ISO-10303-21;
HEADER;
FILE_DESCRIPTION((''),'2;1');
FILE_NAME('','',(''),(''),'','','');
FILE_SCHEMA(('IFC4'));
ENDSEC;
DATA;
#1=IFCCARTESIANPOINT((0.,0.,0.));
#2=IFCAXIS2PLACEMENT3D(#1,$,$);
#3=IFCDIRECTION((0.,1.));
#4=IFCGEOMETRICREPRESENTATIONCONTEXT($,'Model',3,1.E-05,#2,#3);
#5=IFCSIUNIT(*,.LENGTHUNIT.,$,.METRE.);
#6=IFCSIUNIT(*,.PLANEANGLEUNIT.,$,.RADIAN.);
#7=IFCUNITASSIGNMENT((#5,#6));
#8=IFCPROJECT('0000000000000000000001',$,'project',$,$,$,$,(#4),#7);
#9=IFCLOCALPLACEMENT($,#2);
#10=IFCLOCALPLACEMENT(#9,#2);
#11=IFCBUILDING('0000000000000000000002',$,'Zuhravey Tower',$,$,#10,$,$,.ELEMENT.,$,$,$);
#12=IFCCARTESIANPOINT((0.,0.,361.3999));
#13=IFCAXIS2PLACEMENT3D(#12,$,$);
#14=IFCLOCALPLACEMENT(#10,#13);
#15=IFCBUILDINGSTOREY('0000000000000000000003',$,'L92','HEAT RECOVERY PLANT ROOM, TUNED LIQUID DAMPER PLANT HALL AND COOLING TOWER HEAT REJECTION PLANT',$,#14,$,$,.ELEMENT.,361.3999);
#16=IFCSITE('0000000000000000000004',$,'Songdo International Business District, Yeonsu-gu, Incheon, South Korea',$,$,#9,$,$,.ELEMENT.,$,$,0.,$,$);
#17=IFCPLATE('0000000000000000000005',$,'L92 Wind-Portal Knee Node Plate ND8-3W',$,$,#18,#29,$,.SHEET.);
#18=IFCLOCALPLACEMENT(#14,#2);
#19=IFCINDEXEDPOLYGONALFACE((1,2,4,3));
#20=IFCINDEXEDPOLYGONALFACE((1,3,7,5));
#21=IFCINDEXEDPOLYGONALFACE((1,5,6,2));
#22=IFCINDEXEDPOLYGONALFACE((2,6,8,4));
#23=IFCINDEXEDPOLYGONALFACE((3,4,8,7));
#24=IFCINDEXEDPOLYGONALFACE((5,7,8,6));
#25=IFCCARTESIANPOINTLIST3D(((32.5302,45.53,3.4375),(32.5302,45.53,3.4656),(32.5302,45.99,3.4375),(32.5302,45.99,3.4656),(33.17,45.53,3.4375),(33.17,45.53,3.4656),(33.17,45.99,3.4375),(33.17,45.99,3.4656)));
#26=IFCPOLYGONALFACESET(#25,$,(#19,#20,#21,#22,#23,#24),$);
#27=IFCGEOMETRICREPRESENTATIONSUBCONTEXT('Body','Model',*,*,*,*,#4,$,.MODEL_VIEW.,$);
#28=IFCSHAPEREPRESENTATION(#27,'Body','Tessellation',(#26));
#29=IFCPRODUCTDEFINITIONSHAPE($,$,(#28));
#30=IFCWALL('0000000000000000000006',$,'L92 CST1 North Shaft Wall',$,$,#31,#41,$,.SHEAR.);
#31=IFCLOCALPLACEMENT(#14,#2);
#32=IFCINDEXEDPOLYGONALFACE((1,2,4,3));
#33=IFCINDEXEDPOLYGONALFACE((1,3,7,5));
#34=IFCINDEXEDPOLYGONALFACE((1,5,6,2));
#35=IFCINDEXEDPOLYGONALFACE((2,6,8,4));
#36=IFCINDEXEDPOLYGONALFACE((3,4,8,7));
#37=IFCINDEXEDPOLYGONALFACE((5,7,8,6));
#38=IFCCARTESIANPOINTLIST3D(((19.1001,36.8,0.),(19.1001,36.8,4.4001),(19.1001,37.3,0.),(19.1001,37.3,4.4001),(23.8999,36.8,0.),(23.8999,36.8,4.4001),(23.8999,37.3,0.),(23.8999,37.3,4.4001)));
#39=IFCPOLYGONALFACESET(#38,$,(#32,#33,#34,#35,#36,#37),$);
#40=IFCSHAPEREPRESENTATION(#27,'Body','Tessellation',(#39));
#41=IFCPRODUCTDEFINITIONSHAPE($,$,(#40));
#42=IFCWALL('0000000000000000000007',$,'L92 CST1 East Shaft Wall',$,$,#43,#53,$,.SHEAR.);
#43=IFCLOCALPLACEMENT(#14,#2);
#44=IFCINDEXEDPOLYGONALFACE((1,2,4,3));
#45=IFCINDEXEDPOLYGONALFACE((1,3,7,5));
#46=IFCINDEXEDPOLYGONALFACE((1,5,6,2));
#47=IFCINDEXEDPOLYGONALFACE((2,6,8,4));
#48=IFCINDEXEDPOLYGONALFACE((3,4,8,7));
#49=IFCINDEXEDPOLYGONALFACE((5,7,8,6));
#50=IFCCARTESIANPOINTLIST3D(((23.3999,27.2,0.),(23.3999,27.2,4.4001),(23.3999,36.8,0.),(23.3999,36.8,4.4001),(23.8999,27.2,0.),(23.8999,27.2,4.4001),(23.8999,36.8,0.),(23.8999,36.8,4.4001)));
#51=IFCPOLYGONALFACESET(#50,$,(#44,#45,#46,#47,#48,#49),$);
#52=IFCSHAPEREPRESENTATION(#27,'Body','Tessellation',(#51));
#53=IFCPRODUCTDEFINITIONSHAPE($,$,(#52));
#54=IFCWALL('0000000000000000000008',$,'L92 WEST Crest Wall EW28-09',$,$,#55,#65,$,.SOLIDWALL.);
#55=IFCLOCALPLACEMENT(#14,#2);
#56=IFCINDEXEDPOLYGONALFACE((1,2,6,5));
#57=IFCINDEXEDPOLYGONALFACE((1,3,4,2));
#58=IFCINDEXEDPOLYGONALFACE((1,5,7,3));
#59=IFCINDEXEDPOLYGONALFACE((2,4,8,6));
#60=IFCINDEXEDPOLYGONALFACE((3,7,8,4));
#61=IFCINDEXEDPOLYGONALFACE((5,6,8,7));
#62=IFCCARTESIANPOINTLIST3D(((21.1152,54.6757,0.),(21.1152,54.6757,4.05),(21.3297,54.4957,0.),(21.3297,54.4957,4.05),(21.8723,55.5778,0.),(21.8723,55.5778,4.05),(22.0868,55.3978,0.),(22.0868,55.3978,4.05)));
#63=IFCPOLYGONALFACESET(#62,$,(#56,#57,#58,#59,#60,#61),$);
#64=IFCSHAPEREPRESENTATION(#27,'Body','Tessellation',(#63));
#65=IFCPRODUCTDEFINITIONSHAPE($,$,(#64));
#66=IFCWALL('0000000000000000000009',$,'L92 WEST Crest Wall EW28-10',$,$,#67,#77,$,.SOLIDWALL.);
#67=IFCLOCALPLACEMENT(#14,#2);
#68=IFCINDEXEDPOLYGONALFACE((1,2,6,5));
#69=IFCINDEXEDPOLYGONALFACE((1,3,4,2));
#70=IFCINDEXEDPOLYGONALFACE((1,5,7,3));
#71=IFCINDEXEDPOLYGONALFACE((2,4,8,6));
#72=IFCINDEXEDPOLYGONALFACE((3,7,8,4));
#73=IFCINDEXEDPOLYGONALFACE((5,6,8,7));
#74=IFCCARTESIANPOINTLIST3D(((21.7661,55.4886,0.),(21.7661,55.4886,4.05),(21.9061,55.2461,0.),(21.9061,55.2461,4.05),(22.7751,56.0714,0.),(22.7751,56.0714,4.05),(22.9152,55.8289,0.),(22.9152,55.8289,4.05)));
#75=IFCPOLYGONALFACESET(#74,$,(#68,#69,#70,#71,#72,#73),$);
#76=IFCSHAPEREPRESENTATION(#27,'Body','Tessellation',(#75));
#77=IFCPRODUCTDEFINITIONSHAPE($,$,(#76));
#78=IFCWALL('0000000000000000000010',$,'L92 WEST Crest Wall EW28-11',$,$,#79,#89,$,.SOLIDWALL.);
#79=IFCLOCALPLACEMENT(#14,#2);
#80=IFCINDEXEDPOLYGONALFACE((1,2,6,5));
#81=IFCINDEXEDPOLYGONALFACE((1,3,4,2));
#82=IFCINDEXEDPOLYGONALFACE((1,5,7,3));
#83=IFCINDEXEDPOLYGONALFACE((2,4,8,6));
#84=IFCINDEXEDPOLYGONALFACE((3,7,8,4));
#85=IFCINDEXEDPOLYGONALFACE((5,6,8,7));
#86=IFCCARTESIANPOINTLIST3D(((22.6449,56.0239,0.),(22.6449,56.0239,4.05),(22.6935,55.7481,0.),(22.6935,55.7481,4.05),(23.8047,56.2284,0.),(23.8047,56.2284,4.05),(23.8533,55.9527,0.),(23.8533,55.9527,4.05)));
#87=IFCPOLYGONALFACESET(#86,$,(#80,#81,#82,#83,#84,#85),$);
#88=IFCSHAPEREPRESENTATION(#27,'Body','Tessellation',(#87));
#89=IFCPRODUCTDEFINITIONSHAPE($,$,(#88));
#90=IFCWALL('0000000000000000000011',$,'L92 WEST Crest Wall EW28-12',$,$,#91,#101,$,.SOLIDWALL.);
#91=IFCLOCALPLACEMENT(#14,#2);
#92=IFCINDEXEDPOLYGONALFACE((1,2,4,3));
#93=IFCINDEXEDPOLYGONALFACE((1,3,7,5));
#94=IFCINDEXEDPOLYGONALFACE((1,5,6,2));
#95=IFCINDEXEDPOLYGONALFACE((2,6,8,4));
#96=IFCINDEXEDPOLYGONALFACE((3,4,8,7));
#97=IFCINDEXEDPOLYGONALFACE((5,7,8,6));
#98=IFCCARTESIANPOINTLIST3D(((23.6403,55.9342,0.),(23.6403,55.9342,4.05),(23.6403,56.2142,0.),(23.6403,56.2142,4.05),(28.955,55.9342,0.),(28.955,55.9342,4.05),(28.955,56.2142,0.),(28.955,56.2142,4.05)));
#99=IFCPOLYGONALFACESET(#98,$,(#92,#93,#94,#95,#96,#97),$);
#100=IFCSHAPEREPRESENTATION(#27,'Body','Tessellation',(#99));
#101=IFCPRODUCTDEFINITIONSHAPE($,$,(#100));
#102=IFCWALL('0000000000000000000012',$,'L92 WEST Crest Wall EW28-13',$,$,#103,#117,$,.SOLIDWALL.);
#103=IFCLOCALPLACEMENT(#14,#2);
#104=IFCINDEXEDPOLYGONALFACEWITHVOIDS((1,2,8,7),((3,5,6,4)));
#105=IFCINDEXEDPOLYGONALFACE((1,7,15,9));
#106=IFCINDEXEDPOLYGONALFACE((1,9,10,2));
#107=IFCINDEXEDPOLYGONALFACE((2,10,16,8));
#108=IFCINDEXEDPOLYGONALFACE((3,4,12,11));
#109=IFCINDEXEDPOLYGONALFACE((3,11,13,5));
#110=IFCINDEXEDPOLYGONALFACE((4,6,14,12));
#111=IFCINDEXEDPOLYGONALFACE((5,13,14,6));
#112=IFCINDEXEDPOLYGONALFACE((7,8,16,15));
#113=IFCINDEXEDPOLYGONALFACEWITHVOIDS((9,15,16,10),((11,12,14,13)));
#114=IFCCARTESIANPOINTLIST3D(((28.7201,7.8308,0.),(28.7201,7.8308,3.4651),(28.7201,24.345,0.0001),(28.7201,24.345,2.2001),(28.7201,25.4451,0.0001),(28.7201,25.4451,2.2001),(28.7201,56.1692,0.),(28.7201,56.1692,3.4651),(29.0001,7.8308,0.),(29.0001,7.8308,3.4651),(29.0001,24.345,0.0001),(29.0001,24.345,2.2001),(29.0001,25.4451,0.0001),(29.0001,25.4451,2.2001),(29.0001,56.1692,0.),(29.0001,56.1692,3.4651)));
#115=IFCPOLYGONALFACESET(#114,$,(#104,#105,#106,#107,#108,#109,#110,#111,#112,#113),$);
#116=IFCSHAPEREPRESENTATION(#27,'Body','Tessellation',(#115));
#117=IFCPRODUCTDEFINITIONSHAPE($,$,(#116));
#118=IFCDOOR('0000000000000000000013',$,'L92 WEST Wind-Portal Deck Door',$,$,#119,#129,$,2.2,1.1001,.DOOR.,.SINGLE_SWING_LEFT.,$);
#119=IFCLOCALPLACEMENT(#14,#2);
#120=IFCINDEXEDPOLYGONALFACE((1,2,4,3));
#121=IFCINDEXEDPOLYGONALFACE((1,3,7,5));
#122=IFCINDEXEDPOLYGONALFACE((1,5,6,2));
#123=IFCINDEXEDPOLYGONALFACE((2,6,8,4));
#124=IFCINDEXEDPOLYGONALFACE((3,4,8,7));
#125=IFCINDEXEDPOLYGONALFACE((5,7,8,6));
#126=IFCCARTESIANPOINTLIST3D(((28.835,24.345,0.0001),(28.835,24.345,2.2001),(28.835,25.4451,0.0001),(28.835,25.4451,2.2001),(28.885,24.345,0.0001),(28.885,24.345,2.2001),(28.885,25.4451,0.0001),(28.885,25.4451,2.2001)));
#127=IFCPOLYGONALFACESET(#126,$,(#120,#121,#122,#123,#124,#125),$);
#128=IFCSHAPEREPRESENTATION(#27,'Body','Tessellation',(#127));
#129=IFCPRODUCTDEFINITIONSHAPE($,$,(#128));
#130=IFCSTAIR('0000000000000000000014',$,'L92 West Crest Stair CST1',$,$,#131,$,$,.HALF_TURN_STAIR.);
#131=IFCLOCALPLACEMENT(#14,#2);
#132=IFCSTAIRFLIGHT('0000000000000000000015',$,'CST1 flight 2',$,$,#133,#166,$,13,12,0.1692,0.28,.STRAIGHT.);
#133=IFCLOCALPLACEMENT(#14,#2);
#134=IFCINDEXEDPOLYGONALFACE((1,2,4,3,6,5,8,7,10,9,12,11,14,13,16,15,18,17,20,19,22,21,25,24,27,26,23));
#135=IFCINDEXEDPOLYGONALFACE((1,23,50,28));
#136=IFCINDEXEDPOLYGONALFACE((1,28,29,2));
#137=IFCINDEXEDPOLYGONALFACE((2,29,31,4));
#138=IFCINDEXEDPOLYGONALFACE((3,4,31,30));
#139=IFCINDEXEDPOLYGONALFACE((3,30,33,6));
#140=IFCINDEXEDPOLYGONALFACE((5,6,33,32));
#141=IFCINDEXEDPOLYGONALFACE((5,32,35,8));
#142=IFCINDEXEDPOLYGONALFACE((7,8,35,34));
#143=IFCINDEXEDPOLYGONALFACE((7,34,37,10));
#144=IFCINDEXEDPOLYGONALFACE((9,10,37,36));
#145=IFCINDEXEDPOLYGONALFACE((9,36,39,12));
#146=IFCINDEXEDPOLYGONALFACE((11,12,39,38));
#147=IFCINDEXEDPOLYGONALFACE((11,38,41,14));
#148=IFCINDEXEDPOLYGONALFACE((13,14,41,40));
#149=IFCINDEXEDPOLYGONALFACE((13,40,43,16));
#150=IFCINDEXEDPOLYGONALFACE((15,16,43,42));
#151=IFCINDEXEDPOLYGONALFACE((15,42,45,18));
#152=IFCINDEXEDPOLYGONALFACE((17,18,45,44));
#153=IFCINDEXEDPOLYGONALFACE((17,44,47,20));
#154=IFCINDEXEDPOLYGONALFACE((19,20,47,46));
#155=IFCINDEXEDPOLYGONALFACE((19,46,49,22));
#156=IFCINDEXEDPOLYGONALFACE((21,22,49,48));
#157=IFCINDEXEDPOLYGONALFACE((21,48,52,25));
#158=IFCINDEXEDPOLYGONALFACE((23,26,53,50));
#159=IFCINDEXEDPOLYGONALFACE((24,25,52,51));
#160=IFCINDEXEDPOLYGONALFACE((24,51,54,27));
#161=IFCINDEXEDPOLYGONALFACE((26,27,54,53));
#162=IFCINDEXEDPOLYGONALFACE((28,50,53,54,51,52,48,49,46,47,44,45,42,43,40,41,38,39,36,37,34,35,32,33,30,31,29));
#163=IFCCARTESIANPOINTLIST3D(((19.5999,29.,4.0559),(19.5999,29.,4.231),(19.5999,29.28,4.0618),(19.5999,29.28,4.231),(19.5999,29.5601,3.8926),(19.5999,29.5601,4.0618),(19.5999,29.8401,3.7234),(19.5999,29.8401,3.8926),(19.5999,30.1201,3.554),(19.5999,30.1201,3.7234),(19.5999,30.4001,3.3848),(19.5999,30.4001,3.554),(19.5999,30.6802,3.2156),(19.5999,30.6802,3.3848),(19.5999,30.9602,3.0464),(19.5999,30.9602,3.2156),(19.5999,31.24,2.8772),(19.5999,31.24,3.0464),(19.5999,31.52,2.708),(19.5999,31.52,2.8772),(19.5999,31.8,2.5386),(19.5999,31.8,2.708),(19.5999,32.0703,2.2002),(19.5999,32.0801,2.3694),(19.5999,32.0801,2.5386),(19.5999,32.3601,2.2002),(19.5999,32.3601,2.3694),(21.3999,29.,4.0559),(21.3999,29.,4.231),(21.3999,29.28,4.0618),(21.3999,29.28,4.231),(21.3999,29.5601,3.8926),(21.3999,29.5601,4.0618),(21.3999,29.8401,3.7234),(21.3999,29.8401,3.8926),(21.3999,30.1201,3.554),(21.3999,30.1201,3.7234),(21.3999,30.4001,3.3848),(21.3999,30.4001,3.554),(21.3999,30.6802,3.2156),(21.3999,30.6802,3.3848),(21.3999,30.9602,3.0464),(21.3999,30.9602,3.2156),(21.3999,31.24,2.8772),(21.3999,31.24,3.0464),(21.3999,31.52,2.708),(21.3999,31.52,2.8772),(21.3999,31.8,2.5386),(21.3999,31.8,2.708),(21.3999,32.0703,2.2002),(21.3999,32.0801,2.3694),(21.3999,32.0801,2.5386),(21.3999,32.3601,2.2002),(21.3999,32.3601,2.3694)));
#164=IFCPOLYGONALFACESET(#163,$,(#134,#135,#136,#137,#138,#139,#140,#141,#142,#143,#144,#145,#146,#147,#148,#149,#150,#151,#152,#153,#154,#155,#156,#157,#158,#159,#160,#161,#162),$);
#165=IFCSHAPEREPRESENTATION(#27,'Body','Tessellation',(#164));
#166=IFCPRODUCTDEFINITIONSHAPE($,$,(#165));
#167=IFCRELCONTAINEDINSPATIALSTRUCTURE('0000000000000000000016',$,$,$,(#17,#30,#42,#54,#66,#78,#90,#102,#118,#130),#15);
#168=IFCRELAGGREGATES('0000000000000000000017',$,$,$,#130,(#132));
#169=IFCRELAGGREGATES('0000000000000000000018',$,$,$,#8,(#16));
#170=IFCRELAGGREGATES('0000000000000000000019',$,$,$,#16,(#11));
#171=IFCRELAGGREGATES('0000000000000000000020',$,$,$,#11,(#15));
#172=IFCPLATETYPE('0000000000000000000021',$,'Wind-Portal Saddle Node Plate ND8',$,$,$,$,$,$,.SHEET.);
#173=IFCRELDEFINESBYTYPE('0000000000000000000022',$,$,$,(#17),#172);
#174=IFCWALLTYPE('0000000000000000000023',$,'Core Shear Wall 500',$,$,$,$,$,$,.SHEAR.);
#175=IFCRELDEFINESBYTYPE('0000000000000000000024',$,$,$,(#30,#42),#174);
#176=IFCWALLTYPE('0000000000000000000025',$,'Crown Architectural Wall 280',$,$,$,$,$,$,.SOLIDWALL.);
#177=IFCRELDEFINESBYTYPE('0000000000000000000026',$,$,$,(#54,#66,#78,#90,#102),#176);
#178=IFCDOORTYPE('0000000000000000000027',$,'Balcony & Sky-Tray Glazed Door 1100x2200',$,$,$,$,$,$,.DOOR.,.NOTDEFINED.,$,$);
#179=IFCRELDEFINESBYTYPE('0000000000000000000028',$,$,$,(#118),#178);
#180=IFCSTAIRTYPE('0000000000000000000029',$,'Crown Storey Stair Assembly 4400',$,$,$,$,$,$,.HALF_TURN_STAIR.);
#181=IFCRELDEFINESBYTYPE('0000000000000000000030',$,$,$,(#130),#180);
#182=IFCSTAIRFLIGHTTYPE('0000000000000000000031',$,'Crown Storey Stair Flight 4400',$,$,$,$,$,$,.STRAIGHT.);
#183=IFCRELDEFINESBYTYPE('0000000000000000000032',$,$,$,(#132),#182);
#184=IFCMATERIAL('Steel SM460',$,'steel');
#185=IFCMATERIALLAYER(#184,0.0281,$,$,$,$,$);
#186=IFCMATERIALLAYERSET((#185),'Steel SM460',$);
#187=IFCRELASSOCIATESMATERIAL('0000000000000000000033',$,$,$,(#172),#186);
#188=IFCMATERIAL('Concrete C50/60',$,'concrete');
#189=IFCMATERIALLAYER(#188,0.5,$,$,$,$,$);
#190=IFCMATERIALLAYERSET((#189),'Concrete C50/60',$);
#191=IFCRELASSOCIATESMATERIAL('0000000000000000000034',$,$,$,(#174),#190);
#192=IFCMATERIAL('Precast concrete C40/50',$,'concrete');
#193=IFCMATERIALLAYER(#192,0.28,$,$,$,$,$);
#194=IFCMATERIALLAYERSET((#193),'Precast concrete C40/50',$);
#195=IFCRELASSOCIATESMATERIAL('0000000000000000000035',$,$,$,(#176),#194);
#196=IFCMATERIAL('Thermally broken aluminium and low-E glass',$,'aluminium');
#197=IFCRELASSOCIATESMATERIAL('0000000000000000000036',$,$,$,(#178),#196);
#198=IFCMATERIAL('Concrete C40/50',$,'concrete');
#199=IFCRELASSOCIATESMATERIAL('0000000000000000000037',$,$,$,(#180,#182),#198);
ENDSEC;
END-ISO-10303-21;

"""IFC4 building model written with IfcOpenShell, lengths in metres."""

from ifc_helpers import new_model, si_unit, direction, frame, frame_2d, origin, origin_2d, place, context, subcontext, project, spatial, polyline, rectangle, outline, extrude, material, layer, layer_set, type_object, element, fill, aggregate, save


model = new_model("IFC4")

# Units and contexts
model_context = context("Model", 3, precision=1e-05, world=origin(), true_north=direction((0.0, 1.0)))
body_context = subcontext(model_context, "Body", "Model", "MODEL_VIEW")
ifc_project = project(units=[si_unit("LENGTHUNIT", "METRE"), si_unit("PLANEANGLEUNIT", "RADIAN")], contexts=[model_context])

# Site, building, storey
site_placement = place(None, origin())
site = spatial("IfcSite", under=ifc_project, at=site_placement, Name="Songdo International Business District, Yeonsu-gu, Incheon, South Korea", CompositionType="ELEMENT", RefElevation=0.0)
building_placement = place(site_placement, origin())
building = spatial("IfcBuilding", under=site, at=building_placement, Name="Zuhravey Tower", CompositionType="ELEMENT")
storey_placement = place(building_placement, frame((0.0, 0.0, 361.3999)))
storey = spatial("IfcBuildingStorey", under=building, at=storey_placement, Name="L92", Description="HEAT RECOVERY PLANT ROOM, TUNED LIQUID DAMPER PLANT HALL AND COOLING TOWER HEAT REJECTION PLANT", CompositionType="ELEMENT", Elevation=361.3999)

# Shared definitions
ifc_material_1 = material(Name="Steel SM460", Category="steel")

# Plate
ifc_layer_1 = layer(ifc_material_1, 0.0281)
ifc_layer_set_1 = layer_set([ifc_layer_1], Name="Steel SM460")
plate_type_1 = type_object("IfcPlateType", Name="Wind-Portal Saddle Node Plate ND8", PredefinedType="SHEET", material=ifc_layer_set_1)
for number, where, z_axis, x_axis, name in (
    (1, (32.8501, 45.76, 3.4375), (0.0, 0.0, 1.0), (1.0, 0.0, 0.0), "L92 Wind-Portal Knee Node Plate ND8-3W"),
):
    element("IfcPlate", number, at=place(storey_placement, frame(where, z_axis=z_axis, x_axis=x_axis)), inside=storey, type_object=plate_type_1, Name=name, PredefinedType="SHEET", context=body_context, shape_type="SweptSolid", body=[
        extrude(rectangle(XDim=0.6399, YDim=0.46, at=origin_2d()), origin(), (0.0, 0.0, 1.0), 0.0281),
    ])

# Walls
ifc_material_2 = material(Name="Concrete C50/60", Category="concrete")
ifc_layer_2 = layer(ifc_material_2, 0.5)
ifc_layer_set_2 = layer_set([ifc_layer_2], Name="Concrete C50/60")
wall_type_1 = type_object("IfcWallType", Name="Core Shear Wall 500", PredefinedType="SHEAR", material=ifc_layer_set_2)
wall_1_placement = place(storey_placement, frame((23.8999, 37.05, 0.0), z_axis=(0.0, 0.0, 1.0), x_axis=(-1.0, 0.0, 0.0)))
element("IfcWall", 2, at=wall_1_placement, inside=storey, type_object=wall_type_1, Name="L92 CST1 North Shaft Wall", PredefinedType="SHEAR", context=body_context, shape_type="SweptSolid", body=[
    extrude(rectangle(XDim=4.7998, YDim=0.5, at=frame_2d((2.3999, 0.0))), origin(), (0.0, 0.0, 1.0), 4.4001),
])
wall_2_placement = place(storey_placement, frame((23.6499, 36.8, 0.0), z_axis=(0.0, 0.0, 1.0), x_axis=(0.0, -1.0, 0.0)))
element("IfcWall", 3, at=wall_2_placement, inside=storey, type_object=wall_type_1, Name="L92 CST1 East Shaft Wall", PredefinedType="SHEAR", context=body_context, shape_type="SweptSolid", body=[
    extrude(rectangle(XDim=9.6001, YDim=0.5, at=frame_2d((4.8, 0.0))), origin(), (0.0, 0.0, 1.0), 4.4001),
])
ifc_material_3 = material(Name="Precast concrete C40/50", Category="concrete")
ifc_layer_3 = layer(ifc_material_3, 0.28)
ifc_layer_set_3 = layer_set([ifc_layer_3], Name="Precast concrete C40/50")
wall_type_2 = type_object("IfcWallType", Name="Crown Architectural Wall 280", PredefinedType="SOLIDWALL", material=ifc_layer_set_3)
wall_3_placement = place(storey_placement, frame((21.2224, 54.5857, 0.0), z_axis=(0.0, 0.0, 1.0), x_axis=(0.642852, 0.765991, 0.0)))
element("IfcWall", 4, at=wall_3_placement, inside=storey, type_object=wall_type_2, Name="L92 WEST Crest Wall EW28-09", PredefinedType="SOLIDWALL", context=body_context, shape_type="SweptSolid", body=[
    extrude(rectangle(XDim=1.1777, YDim=0.28, at=frame_2d((0.5889, 0.0))), origin(), (0.0, 0.0, 1.0), 4.05),
])
wall_4_placement = place(storey_placement, frame((21.8362, 55.3674, 0.0), z_axis=(0.0, 0.0, 1.0), x_axis=(0.865952, 0.500127, 0.0)))
element("IfcWall", 5, at=wall_4_placement, inside=storey, type_object=wall_type_2, Name="L92 WEST Crest Wall EW28-10", PredefinedType="SOLIDWALL", context=body_context, shape_type="SweptSolid", body=[
    extrude(rectangle(XDim=1.1653, YDim=0.28, at=frame_2d((0.5825, 0.0))), origin(), (0.0, 0.0, 1.0), 4.05),
])
wall_5_placement = place(storey_placement, frame((22.6692, 55.886, 0.0), z_axis=(0.0, 0.0, 1.0), x_axis=(0.984798, 0.173703, 0.0)))
element("IfcWall", 6, at=wall_5_placement, inside=storey, type_object=wall_type_2, Name="L92 WEST Crest Wall EW28-11", PredefinedType="SOLIDWALL", context=body_context, shape_type="SweptSolid", body=[
    extrude(rectangle(XDim=1.1777, YDim=0.28, at=frame_2d((0.5889, 0.0))), origin(), (0.0, 0.0, 1.0), 4.05),
])
wall_6_placement = place(storey_placement, frame((23.6404, 56.0742, 0.0), z_axis=(0.0, 0.0, 1.0), x_axis=(1.0, 0.0, 0.0)))
element("IfcWall", 7, at=wall_6_placement, inside=storey, type_object=wall_type_2, Name="L92 WEST Crest Wall EW28-12", PredefinedType="SOLIDWALL", context=body_context, shape_type="SweptSolid", body=[
    extrude(rectangle(XDim=5.3147, YDim=0.28, at=frame_2d((2.6572, 0.0))), origin(), (0.0, 0.0, 1.0), 4.05),
])

# Wall, opening, door
wall_7_placement = place(storey_placement, frame((28.8601, 56.1692, 0.0), z_axis=(0.0, 0.0, 1.0), x_axis=(0.0, -1.0, 0.0)))
wall_7 = element("IfcWall", 8, at=wall_7_placement, inside=storey, type_object=wall_type_2, Name="L92 WEST Crest Wall EW28-13", PredefinedType="SOLIDWALL", context=body_context, shape_type="SweptSolid", body=[
    extrude(rectangle(XDim=48.3384, YDim=0.28, at=frame_2d((24.1692, 0.0))), origin(), (0.0, 0.0, 1.0), 3.4651),
])
opening_placement = place(wall_7_placement, frame((30.7241, 0.0, 0.0)))
opening = element("IfcOpeningElement", 9, at=opening_placement, cuts=wall_7, PredefinedType="OPENING", context=body_context, shape_type="SweptSolid", body=[
    extrude(rectangle(XDim=1.1001, YDim=2.2, at=frame_2d((0.55, 1.1001))), frame((0.0, 0.1521, 0.0), z_axis=(0.0, -1.0, 0.0), x_axis=(1.0, 0.0, 0.0)), (0.0, 0.0, 1.0), 0.304),
])
ifc_material_4 = material(Name="Thermally broken aluminium and low-E glass", Category="aluminium")
door_type = type_object("IfcDoorType", Name="Balcony & Sky-Tray Glazed Door 1100x2200", OperationType="NOTDEFINED", PredefinedType="DOOR", material=ifc_material_4)
door_placement = place(opening_placement, origin())
door = element("IfcDoor", 10, at=door_placement, inside=storey, type_object=door_type, Name="L92 WEST Wind-Portal Deck Door", OperationType="SINGLE_SWING_LEFT", OverallHeight=2.2, OverallWidth=1.1001, PredefinedType="DOOR", context=body_context, shape_type="SweptSolid", body=[
    extrude(rectangle(XDim=1.1001, YDim=2.2, at=frame_2d((0.55, 1.1001))), frame((0.0, 0.0249, 0.0), z_axis=(0.0, -1.0, 0.0), x_axis=(1.0, 0.0, 0.0)), (0.0, 0.0, 1.0), 0.05),
])
fill(opening, door)

# Stair, stair flight
ifc_material_5 = material(Name="Concrete C40/50", Category="concrete")
stair_type = type_object("IfcStairType", Name="Crown Storey Stair Assembly 4400", PredefinedType="HALF_TURN_STAIR", material=ifc_material_5)
stair_placement = place(storey_placement, origin())
stair = element("IfcStair", 11, at=stair_placement, inside=storey, type_object=stair_type, Name="L92 West Crest Stair CST1", PredefinedType="HALF_TURN_STAIR")
stair_flight_type = type_object("IfcStairFlightType", Name="Crown Storey Stair Flight 4400", PredefinedType="STRAIGHT", material=ifc_material_5)
stair_flight_placement = place(storey_placement, frame((20.5, 32.3601, 2.2002), z_axis=(0.0, 0.0, 1.0), x_axis=(0.0, -1.0, 0.0)))
stair_flight = element("IfcStairFlight", 12, at=stair_flight_placement, type_object=stair_flight_type, Name="CST1 flight 2", NumberOfRisers=13, NumberOfTreads=12, PredefinedType="STRAIGHT", RiserHeight=0.1692, TreadLength=0.28, context=body_context, shape_type="SweptSolid", body=[
    extrude(outline(polyline([(0.0, 0.0), (0.0, 0.1692), (0.28, 0.1692), (0.28, 0.3384), (0.5601, 0.3384), (0.5601, 0.5078), (0.8401, 0.5078), (0.8401, 0.677), (1.1201, 0.677), (1.1201, 0.8462), (1.3999, 0.8462), (1.3999, 1.0154), (1.6799, 1.0154), (1.6799, 1.1846), (1.96, 1.1846), (1.96, 1.3538), (2.24, 1.3538), (2.24, 1.5232), (2.52, 1.5232), (2.52, 1.6924), (2.8, 1.6924), (2.8, 1.8616), (3.0801, 1.8616), (3.0801, 2.0308), (3.3601, 2.0308), (3.3601, 2.2), (3.3601, 1.8557), (0.2898, 0.0), (0.0, 0.0)])), frame((0.0, 0.8999, 0.0), z_axis=(0.0, -1.0, 0.0), x_axis=(1.0, 0.0, 0.0)), (0.0, 0.0, 1.0), 1.8),
])
aggregate(stair, [stair_flight])

save(model, "model.ifc")
